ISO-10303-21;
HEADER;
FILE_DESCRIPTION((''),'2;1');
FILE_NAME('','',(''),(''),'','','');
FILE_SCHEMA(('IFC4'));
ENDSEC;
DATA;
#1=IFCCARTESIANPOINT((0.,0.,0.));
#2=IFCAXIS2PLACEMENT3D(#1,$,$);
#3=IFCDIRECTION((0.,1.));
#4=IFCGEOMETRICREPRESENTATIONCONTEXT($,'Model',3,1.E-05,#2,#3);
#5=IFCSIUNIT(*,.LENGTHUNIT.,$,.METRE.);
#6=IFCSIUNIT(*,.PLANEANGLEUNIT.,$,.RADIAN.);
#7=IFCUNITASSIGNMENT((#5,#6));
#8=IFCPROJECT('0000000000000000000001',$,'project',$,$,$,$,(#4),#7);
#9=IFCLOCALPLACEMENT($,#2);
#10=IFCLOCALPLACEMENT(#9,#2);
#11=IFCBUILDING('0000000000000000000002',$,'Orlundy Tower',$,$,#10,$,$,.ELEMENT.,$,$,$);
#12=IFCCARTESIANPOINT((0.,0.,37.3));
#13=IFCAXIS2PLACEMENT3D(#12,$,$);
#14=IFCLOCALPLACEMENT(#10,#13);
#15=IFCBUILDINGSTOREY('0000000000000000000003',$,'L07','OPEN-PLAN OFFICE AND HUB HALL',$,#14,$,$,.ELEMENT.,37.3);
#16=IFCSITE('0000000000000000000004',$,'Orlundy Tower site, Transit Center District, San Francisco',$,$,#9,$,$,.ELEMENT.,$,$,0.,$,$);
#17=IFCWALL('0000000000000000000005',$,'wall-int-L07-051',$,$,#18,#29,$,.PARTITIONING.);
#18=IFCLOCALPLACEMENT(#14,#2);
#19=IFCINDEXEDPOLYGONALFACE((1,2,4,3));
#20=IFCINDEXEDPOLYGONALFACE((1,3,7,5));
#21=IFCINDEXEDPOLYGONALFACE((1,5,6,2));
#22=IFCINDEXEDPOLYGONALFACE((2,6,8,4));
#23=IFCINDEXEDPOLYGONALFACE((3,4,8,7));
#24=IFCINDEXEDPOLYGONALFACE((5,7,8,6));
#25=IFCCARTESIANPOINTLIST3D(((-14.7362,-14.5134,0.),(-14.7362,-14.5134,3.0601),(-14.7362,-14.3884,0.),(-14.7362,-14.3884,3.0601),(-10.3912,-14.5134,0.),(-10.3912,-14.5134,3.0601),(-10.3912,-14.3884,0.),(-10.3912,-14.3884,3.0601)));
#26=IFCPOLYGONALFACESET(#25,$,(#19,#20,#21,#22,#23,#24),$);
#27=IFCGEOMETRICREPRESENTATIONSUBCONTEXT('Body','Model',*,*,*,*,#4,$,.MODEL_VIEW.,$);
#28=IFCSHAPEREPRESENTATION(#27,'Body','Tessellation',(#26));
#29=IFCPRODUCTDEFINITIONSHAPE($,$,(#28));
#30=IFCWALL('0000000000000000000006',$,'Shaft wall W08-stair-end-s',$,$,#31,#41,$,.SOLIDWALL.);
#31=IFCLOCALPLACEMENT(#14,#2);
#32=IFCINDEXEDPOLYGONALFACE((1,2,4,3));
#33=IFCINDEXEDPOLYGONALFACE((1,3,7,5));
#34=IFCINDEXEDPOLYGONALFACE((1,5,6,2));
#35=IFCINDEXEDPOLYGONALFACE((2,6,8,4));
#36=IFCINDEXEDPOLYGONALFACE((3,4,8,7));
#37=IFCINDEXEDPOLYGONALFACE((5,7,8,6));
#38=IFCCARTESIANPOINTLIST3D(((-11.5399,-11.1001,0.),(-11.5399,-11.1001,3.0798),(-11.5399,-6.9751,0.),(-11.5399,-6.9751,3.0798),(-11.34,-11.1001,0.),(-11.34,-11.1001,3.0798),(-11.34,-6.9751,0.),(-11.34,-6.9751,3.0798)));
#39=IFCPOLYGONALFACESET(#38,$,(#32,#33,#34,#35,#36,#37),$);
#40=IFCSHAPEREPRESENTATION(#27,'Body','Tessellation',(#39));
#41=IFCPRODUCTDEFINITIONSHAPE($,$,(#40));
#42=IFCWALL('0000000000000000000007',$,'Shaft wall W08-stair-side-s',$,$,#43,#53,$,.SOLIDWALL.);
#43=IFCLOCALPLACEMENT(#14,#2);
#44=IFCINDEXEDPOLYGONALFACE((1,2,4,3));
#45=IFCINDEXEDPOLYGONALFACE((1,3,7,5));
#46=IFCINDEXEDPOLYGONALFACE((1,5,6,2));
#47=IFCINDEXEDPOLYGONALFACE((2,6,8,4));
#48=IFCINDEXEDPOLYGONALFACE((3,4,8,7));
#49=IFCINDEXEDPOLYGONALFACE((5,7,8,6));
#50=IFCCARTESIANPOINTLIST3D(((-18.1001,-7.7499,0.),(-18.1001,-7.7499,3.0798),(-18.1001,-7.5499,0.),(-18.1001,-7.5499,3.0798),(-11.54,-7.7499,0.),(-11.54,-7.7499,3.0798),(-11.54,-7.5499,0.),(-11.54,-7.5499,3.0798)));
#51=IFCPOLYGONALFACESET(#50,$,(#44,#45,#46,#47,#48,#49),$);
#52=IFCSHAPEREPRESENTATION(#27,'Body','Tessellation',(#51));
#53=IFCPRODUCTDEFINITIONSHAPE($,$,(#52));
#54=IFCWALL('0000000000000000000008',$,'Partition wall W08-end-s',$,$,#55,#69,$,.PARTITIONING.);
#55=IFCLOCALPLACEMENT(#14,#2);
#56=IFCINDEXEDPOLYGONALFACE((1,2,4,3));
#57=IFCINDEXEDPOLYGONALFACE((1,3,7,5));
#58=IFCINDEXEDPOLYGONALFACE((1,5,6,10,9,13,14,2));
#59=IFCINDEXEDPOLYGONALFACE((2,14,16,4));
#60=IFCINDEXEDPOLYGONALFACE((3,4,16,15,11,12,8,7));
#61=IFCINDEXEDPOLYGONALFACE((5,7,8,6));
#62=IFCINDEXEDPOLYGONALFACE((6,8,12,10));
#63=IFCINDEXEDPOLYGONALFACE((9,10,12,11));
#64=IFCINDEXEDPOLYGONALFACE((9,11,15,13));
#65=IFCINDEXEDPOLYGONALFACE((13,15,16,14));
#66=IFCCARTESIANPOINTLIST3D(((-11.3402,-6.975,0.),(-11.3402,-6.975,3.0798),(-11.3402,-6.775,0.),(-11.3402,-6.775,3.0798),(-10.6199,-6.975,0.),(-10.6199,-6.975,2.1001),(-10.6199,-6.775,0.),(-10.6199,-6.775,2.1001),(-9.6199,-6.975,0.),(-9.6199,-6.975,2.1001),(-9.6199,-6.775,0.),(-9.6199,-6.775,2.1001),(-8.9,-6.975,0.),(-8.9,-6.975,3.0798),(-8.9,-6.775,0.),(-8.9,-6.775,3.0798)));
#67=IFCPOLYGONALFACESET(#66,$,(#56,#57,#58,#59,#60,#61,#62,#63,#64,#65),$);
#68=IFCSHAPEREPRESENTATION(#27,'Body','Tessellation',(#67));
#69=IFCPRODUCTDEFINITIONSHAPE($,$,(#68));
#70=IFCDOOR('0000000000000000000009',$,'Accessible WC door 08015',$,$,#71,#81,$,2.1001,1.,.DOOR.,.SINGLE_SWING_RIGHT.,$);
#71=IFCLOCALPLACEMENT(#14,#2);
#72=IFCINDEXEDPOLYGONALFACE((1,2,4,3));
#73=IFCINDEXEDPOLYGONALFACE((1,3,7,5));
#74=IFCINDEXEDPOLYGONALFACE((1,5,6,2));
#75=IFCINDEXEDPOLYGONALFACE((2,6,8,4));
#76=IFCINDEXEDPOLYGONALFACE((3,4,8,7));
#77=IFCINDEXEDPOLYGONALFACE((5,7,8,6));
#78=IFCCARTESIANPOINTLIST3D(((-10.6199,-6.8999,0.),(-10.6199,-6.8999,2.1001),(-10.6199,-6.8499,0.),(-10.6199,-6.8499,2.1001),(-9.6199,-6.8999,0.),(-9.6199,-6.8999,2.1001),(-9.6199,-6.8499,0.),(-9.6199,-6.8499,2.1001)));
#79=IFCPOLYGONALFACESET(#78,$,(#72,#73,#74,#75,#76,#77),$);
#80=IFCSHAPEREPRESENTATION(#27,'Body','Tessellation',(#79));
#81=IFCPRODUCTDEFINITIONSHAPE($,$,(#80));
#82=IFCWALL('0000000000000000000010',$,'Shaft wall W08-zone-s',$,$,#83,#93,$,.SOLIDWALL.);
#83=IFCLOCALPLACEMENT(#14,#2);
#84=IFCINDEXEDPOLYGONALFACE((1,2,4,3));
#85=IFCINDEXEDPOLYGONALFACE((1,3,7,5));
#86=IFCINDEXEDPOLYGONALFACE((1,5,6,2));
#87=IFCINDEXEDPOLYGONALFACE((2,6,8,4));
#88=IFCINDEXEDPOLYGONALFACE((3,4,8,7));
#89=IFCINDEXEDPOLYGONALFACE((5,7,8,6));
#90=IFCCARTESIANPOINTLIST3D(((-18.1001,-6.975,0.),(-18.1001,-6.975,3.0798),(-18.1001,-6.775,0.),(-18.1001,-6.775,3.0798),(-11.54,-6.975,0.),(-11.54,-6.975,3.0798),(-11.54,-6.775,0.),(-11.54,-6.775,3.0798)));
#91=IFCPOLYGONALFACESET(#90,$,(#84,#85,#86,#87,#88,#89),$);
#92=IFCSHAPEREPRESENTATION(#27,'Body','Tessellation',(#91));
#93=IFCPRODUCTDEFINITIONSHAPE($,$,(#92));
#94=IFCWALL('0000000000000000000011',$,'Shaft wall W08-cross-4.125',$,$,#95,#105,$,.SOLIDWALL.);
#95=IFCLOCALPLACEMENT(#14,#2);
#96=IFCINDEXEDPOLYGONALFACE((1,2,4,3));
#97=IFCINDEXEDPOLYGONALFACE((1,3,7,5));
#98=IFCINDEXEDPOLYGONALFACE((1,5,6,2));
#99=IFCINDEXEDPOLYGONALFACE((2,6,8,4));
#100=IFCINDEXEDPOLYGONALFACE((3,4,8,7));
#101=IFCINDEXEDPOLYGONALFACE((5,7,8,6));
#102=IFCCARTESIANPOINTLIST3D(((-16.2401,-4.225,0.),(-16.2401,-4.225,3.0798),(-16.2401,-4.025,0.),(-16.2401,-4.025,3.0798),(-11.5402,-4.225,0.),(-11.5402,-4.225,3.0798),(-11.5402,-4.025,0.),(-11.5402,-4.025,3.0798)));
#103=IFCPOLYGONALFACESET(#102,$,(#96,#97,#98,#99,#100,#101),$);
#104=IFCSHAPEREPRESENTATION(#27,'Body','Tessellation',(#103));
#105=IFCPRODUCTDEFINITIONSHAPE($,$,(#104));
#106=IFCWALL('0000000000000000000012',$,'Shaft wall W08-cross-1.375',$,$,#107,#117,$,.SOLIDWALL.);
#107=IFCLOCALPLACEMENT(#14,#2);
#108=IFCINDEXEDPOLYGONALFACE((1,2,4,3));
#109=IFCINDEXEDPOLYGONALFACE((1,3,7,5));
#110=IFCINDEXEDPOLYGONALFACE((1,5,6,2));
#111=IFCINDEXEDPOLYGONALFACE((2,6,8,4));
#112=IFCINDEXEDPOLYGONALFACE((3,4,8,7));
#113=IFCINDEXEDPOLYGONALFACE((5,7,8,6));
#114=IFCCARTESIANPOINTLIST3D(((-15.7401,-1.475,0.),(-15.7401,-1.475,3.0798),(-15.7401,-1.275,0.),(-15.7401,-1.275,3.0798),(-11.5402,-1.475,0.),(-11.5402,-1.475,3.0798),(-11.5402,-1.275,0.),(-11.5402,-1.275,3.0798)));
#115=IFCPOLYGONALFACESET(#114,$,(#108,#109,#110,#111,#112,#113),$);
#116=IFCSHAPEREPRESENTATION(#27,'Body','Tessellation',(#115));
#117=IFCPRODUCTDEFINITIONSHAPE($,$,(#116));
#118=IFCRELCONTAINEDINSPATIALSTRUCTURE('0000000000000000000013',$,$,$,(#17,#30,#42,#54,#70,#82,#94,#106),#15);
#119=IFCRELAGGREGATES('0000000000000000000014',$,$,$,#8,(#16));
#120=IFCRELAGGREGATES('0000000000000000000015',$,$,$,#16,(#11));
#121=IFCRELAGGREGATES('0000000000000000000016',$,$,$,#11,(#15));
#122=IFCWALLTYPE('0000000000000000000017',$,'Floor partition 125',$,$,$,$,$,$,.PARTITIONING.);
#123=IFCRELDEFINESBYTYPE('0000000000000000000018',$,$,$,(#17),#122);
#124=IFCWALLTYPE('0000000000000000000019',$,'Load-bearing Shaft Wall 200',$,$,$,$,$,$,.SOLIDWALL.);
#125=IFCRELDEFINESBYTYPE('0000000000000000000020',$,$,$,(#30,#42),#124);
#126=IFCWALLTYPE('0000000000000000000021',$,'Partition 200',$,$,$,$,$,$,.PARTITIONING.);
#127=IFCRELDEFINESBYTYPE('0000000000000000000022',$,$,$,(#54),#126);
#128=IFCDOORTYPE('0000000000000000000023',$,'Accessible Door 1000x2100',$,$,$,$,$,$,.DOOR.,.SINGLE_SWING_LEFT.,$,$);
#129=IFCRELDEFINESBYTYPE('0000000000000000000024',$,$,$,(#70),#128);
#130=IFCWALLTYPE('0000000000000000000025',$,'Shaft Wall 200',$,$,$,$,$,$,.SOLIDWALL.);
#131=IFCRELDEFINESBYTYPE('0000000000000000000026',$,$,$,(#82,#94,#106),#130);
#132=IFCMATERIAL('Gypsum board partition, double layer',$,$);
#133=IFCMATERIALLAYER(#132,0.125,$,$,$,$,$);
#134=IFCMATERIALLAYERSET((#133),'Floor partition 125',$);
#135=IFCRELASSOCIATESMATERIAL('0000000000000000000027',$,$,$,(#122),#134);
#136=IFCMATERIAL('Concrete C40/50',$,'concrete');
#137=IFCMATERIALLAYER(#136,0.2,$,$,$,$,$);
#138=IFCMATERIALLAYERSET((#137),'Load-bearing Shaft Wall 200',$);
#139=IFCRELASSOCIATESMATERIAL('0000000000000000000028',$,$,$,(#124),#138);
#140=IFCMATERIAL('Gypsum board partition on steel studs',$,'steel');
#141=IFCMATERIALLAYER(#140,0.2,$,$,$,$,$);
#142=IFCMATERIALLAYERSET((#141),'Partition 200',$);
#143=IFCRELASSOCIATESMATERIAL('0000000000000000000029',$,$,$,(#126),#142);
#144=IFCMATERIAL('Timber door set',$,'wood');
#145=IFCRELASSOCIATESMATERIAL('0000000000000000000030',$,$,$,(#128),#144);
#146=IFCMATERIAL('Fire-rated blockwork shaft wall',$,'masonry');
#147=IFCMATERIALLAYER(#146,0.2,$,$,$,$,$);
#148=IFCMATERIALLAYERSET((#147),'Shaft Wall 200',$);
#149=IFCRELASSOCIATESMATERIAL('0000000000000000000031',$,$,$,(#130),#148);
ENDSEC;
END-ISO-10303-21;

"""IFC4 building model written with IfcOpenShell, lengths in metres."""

from ifc_helpers import new_model, si_unit, direction, frame, frame_2d, origin, place, context, subcontext, project, spatial, rectangle, extrude, material, layer, layer_set, type_object, element, fill, save


model = new_model("IFC4")

# Units and contexts
model_context = context("Model", 3, precision=1e-05, world=origin(), true_north=direction((0.0, 1.0)))
body_context = subcontext(model_context, "Body", "Model", "MODEL_VIEW")
ifc_project = project(units=[si_unit("LENGTHUNIT", "METRE"), si_unit("PLANEANGLEUNIT", "RADIAN")], contexts=[model_context])

# Site, building, storey
site_placement = place(None, origin())
site = spatial("IfcSite", under=ifc_project, at=site_placement, Name="Orlundy Tower site, Transit Center District, San Francisco", CompositionType="ELEMENT", RefElevation=0.0)
building_placement = place(site_placement, origin())
building = spatial("IfcBuilding", under=site, at=building_placement, Name="Orlundy Tower", CompositionType="ELEMENT")
storey_placement = place(building_placement, frame((0.0, 0.0, 37.3)))
storey = spatial("IfcBuildingStorey", under=building, at=storey_placement, Name="L07", Description="OPEN-PLAN OFFICE AND HUB HALL", CompositionType="ELEMENT", Elevation=37.3)

# Walls
ifc_material_1 = material(Name="Gypsum board partition, double layer")
ifc_layer_1 = layer(ifc_material_1, 0.125)
ifc_layer_set_1 = layer_set([ifc_layer_1], Name="Floor partition 125")
wall_type_1 = type_object("IfcWallType", Name="Floor partition 125", PredefinedType="PARTITIONING", material=ifc_layer_set_1)
wall_1_placement = place(storey_placement, frame((-14.7361, -14.4509, 0.0), z_axis=(0.0, 0.0, 1.0), x_axis=(1.0, 0.0, 0.0)))
element("IfcWall", 1, at=wall_1_placement, inside=storey, type_object=wall_type_1, Name="wall-int-L07-051", PredefinedType="PARTITIONING", context=body_context, shape_type="SweptSolid", body=[
    extrude(rectangle(XDim=4.345, YDim=0.125, at=frame_2d((2.1724, 0.0))), origin(), (0.0, 0.0, 1.0), 3.0601),
])
ifc_material_2 = material(Name="Concrete C40/50", Category="concrete")
ifc_layer_2 = layer(ifc_material_2, 0.2)
ifc_layer_set_2 = layer_set([ifc_layer_2], Name="Load-bearing Shaft Wall 200")
wall_type_2 = type_object("IfcWallType", Name="Load-bearing Shaft Wall 200", PredefinedType="SOLIDWALL", material=ifc_layer_set_2)
wall_2_placement = place(storey_placement, frame((-11.4399, -11.1001, 0.0), z_axis=(0.0, 0.0, 1.0), x_axis=(0.0, 1.0, 0.0)))
element("IfcWall", 2, at=wall_2_placement, inside=storey, type_object=wall_type_2, Name="Shaft wall W08-stair-end-s", PredefinedType="SOLIDWALL", context=body_context, shape_type="SweptSolid", body=[
    extrude(rectangle(XDim=4.125, YDim=0.2, at=frame_2d((2.0625, 0.0))), origin(), (0.0, 0.0, 1.0), 3.0798),
])
wall_3_placement = place(storey_placement, frame((-11.54, -7.6499, 0.0), z_axis=(0.0, 0.0, 1.0), x_axis=(-1.0, 0.0, 0.0)))
element("IfcWall", 3, at=wall_3_placement, inside=storey, type_object=wall_type_2, Name="Shaft wall W08-stair-side-s", PredefinedType="SOLIDWALL", context=body_context, shape_type="SweptSolid", body=[
    extrude(rectangle(XDim=6.5601, YDim=0.2, at=frame_2d((3.28, 0.0))), origin(), (0.0, 0.0, 1.0), 3.0798),
])

# Wall, opening, door
ifc_material_3 = material(Name="Gypsum board partition on steel studs", Category="steel")
ifc_layer_3 = layer(ifc_material_3, 0.2)
ifc_layer_set_3 = layer_set([ifc_layer_3], Name="Partition 200")
wall_type_3 = type_object("IfcWallType", Name="Partition 200", PredefinedType="PARTITIONING", material=ifc_layer_set_3)
wall_4_placement = place(storey_placement, frame((-8.8999, -6.875, 0.0), z_axis=(0.0, 0.0, 1.0), x_axis=(-1.0, 0.0, 0.0)))
wall_4 = element("IfcWall", 4, at=wall_4_placement, inside=storey, type_object=wall_type_3, Name="Partition wall W08-end-s", PredefinedType="PARTITIONING", context=body_context, shape_type="SweptSolid", body=[
    extrude(rectangle(XDim=2.4402, YDim=0.2, at=frame_2d((1.2202, 0.0))), origin(), (0.0, 0.0, 1.0), 3.0798),
])
opening_1_placement = place(wall_4_placement, frame((0.72, 0.0, 0.0)))
opening_1 = element("IfcOpeningElement", 5, at=opening_1_placement, cuts=wall_4, PredefinedType="OPENING", context=body_context, shape_type="SweptSolid", body=[
    extrude(rectangle(XDim=1.0, YDim=2.1001, at=frame_2d((0.5, 1.05))), frame((0.0, 0.1101, 0.0), z_axis=(0.0, -1.0, 0.0), x_axis=(1.0, 0.0, 0.0)), (0.0, 0.0, 1.0), 0.2202),
])
ifc_material_4 = material(Name="Timber door set", Category="wood")
door_type_1 = type_object("IfcDoorType", Name="Accessible Door 1000x2100", OperationType="SINGLE_SWING_LEFT", PredefinedType="DOOR", material=ifc_material_4)
door_1_placement = place(opening_1_placement, origin())
door_1 = element("IfcDoor", 6, at=door_1_placement, inside=storey, type_object=door_type_1, Name="Accessible WC door 08015", OperationType="SINGLE_SWING_RIGHT", OverallHeight=2.1001, OverallWidth=1.0, PredefinedType="DOOR", context=body_context, shape_type="SweptSolid", body=[
    extrude(rectangle(XDim=1.0, YDim=2.1001, at=frame_2d((0.5, 1.05))), frame((0.0, 0.0249, 0.0), z_axis=(0.0, -1.0, 0.0), x_axis=(1.0, 0.0, 0.0)), (0.0, 0.0, 1.0), 0.05),
])
fill(opening_1, door_1)

# Walls
ifc_material_5 = material(Name="Fire-rated blockwork shaft wall", Category="masonry")
ifc_layer_4 = layer(ifc_material_5, 0.2)
ifc_layer_set_4 = layer_set([ifc_layer_4], Name="Shaft Wall 200")
wall_type_4 = type_object("IfcWallType", Name="Shaft Wall 200", PredefinedType="SOLIDWALL", material=ifc_layer_set_4)
wall_5_placement = place(storey_placement, frame((-11.54, -6.875, 0.0), z_axis=(0.0, 0.0, 1.0), x_axis=(-1.0, 0.0, 0.0)))
element("IfcWall", 7, at=wall_5_placement, inside=storey, type_object=wall_type_4, Name="Shaft wall W08-zone-s", PredefinedType="SOLIDWALL", context=body_context, shape_type="SweptSolid", body=[
    extrude(rectangle(XDim=6.5601, YDim=0.2, at=frame_2d((3.28, 0.0))), origin(), (0.0, 0.0, 1.0), 3.0798),
])
wall_6_placement = place(storey_placement, frame((-11.54, -4.125, 0.0), z_axis=(0.0, 0.0, 1.0), x_axis=(-1.0, 0.0, 0.0)))
element("IfcWall", 8, at=wall_6_placement, inside=storey, type_object=wall_type_4, Name="Shaft wall W08-cross-4.125", PredefinedType="SOLIDWALL", context=body_context, shape_type="SweptSolid", body=[
    extrude(rectangle(XDim=4.7, YDim=0.2, at=frame_2d((2.3501, 0.0))), origin(), (0.0, 0.0, 1.0), 3.0798),
])
wall_7_placement = place(storey_placement, frame((-11.54, -1.375, 0.0), z_axis=(0.0, 0.0, 1.0), x_axis=(-1.0, 0.0, 0.0)))
element("IfcWall", 9, at=wall_7_placement, inside=storey, type_object=wall_type_4, Name="Shaft wall W08-cross-1.375", PredefinedType="SOLIDWALL", context=body_context, shape_type="SweptSolid", body=[
    extrude(rectangle(XDim=4.2, YDim=0.2, at=frame_2d((2.1001, 0.0))), origin(), (0.0, 0.0, 1.0), 3.0798),
])

save(model, "model.ifc")
